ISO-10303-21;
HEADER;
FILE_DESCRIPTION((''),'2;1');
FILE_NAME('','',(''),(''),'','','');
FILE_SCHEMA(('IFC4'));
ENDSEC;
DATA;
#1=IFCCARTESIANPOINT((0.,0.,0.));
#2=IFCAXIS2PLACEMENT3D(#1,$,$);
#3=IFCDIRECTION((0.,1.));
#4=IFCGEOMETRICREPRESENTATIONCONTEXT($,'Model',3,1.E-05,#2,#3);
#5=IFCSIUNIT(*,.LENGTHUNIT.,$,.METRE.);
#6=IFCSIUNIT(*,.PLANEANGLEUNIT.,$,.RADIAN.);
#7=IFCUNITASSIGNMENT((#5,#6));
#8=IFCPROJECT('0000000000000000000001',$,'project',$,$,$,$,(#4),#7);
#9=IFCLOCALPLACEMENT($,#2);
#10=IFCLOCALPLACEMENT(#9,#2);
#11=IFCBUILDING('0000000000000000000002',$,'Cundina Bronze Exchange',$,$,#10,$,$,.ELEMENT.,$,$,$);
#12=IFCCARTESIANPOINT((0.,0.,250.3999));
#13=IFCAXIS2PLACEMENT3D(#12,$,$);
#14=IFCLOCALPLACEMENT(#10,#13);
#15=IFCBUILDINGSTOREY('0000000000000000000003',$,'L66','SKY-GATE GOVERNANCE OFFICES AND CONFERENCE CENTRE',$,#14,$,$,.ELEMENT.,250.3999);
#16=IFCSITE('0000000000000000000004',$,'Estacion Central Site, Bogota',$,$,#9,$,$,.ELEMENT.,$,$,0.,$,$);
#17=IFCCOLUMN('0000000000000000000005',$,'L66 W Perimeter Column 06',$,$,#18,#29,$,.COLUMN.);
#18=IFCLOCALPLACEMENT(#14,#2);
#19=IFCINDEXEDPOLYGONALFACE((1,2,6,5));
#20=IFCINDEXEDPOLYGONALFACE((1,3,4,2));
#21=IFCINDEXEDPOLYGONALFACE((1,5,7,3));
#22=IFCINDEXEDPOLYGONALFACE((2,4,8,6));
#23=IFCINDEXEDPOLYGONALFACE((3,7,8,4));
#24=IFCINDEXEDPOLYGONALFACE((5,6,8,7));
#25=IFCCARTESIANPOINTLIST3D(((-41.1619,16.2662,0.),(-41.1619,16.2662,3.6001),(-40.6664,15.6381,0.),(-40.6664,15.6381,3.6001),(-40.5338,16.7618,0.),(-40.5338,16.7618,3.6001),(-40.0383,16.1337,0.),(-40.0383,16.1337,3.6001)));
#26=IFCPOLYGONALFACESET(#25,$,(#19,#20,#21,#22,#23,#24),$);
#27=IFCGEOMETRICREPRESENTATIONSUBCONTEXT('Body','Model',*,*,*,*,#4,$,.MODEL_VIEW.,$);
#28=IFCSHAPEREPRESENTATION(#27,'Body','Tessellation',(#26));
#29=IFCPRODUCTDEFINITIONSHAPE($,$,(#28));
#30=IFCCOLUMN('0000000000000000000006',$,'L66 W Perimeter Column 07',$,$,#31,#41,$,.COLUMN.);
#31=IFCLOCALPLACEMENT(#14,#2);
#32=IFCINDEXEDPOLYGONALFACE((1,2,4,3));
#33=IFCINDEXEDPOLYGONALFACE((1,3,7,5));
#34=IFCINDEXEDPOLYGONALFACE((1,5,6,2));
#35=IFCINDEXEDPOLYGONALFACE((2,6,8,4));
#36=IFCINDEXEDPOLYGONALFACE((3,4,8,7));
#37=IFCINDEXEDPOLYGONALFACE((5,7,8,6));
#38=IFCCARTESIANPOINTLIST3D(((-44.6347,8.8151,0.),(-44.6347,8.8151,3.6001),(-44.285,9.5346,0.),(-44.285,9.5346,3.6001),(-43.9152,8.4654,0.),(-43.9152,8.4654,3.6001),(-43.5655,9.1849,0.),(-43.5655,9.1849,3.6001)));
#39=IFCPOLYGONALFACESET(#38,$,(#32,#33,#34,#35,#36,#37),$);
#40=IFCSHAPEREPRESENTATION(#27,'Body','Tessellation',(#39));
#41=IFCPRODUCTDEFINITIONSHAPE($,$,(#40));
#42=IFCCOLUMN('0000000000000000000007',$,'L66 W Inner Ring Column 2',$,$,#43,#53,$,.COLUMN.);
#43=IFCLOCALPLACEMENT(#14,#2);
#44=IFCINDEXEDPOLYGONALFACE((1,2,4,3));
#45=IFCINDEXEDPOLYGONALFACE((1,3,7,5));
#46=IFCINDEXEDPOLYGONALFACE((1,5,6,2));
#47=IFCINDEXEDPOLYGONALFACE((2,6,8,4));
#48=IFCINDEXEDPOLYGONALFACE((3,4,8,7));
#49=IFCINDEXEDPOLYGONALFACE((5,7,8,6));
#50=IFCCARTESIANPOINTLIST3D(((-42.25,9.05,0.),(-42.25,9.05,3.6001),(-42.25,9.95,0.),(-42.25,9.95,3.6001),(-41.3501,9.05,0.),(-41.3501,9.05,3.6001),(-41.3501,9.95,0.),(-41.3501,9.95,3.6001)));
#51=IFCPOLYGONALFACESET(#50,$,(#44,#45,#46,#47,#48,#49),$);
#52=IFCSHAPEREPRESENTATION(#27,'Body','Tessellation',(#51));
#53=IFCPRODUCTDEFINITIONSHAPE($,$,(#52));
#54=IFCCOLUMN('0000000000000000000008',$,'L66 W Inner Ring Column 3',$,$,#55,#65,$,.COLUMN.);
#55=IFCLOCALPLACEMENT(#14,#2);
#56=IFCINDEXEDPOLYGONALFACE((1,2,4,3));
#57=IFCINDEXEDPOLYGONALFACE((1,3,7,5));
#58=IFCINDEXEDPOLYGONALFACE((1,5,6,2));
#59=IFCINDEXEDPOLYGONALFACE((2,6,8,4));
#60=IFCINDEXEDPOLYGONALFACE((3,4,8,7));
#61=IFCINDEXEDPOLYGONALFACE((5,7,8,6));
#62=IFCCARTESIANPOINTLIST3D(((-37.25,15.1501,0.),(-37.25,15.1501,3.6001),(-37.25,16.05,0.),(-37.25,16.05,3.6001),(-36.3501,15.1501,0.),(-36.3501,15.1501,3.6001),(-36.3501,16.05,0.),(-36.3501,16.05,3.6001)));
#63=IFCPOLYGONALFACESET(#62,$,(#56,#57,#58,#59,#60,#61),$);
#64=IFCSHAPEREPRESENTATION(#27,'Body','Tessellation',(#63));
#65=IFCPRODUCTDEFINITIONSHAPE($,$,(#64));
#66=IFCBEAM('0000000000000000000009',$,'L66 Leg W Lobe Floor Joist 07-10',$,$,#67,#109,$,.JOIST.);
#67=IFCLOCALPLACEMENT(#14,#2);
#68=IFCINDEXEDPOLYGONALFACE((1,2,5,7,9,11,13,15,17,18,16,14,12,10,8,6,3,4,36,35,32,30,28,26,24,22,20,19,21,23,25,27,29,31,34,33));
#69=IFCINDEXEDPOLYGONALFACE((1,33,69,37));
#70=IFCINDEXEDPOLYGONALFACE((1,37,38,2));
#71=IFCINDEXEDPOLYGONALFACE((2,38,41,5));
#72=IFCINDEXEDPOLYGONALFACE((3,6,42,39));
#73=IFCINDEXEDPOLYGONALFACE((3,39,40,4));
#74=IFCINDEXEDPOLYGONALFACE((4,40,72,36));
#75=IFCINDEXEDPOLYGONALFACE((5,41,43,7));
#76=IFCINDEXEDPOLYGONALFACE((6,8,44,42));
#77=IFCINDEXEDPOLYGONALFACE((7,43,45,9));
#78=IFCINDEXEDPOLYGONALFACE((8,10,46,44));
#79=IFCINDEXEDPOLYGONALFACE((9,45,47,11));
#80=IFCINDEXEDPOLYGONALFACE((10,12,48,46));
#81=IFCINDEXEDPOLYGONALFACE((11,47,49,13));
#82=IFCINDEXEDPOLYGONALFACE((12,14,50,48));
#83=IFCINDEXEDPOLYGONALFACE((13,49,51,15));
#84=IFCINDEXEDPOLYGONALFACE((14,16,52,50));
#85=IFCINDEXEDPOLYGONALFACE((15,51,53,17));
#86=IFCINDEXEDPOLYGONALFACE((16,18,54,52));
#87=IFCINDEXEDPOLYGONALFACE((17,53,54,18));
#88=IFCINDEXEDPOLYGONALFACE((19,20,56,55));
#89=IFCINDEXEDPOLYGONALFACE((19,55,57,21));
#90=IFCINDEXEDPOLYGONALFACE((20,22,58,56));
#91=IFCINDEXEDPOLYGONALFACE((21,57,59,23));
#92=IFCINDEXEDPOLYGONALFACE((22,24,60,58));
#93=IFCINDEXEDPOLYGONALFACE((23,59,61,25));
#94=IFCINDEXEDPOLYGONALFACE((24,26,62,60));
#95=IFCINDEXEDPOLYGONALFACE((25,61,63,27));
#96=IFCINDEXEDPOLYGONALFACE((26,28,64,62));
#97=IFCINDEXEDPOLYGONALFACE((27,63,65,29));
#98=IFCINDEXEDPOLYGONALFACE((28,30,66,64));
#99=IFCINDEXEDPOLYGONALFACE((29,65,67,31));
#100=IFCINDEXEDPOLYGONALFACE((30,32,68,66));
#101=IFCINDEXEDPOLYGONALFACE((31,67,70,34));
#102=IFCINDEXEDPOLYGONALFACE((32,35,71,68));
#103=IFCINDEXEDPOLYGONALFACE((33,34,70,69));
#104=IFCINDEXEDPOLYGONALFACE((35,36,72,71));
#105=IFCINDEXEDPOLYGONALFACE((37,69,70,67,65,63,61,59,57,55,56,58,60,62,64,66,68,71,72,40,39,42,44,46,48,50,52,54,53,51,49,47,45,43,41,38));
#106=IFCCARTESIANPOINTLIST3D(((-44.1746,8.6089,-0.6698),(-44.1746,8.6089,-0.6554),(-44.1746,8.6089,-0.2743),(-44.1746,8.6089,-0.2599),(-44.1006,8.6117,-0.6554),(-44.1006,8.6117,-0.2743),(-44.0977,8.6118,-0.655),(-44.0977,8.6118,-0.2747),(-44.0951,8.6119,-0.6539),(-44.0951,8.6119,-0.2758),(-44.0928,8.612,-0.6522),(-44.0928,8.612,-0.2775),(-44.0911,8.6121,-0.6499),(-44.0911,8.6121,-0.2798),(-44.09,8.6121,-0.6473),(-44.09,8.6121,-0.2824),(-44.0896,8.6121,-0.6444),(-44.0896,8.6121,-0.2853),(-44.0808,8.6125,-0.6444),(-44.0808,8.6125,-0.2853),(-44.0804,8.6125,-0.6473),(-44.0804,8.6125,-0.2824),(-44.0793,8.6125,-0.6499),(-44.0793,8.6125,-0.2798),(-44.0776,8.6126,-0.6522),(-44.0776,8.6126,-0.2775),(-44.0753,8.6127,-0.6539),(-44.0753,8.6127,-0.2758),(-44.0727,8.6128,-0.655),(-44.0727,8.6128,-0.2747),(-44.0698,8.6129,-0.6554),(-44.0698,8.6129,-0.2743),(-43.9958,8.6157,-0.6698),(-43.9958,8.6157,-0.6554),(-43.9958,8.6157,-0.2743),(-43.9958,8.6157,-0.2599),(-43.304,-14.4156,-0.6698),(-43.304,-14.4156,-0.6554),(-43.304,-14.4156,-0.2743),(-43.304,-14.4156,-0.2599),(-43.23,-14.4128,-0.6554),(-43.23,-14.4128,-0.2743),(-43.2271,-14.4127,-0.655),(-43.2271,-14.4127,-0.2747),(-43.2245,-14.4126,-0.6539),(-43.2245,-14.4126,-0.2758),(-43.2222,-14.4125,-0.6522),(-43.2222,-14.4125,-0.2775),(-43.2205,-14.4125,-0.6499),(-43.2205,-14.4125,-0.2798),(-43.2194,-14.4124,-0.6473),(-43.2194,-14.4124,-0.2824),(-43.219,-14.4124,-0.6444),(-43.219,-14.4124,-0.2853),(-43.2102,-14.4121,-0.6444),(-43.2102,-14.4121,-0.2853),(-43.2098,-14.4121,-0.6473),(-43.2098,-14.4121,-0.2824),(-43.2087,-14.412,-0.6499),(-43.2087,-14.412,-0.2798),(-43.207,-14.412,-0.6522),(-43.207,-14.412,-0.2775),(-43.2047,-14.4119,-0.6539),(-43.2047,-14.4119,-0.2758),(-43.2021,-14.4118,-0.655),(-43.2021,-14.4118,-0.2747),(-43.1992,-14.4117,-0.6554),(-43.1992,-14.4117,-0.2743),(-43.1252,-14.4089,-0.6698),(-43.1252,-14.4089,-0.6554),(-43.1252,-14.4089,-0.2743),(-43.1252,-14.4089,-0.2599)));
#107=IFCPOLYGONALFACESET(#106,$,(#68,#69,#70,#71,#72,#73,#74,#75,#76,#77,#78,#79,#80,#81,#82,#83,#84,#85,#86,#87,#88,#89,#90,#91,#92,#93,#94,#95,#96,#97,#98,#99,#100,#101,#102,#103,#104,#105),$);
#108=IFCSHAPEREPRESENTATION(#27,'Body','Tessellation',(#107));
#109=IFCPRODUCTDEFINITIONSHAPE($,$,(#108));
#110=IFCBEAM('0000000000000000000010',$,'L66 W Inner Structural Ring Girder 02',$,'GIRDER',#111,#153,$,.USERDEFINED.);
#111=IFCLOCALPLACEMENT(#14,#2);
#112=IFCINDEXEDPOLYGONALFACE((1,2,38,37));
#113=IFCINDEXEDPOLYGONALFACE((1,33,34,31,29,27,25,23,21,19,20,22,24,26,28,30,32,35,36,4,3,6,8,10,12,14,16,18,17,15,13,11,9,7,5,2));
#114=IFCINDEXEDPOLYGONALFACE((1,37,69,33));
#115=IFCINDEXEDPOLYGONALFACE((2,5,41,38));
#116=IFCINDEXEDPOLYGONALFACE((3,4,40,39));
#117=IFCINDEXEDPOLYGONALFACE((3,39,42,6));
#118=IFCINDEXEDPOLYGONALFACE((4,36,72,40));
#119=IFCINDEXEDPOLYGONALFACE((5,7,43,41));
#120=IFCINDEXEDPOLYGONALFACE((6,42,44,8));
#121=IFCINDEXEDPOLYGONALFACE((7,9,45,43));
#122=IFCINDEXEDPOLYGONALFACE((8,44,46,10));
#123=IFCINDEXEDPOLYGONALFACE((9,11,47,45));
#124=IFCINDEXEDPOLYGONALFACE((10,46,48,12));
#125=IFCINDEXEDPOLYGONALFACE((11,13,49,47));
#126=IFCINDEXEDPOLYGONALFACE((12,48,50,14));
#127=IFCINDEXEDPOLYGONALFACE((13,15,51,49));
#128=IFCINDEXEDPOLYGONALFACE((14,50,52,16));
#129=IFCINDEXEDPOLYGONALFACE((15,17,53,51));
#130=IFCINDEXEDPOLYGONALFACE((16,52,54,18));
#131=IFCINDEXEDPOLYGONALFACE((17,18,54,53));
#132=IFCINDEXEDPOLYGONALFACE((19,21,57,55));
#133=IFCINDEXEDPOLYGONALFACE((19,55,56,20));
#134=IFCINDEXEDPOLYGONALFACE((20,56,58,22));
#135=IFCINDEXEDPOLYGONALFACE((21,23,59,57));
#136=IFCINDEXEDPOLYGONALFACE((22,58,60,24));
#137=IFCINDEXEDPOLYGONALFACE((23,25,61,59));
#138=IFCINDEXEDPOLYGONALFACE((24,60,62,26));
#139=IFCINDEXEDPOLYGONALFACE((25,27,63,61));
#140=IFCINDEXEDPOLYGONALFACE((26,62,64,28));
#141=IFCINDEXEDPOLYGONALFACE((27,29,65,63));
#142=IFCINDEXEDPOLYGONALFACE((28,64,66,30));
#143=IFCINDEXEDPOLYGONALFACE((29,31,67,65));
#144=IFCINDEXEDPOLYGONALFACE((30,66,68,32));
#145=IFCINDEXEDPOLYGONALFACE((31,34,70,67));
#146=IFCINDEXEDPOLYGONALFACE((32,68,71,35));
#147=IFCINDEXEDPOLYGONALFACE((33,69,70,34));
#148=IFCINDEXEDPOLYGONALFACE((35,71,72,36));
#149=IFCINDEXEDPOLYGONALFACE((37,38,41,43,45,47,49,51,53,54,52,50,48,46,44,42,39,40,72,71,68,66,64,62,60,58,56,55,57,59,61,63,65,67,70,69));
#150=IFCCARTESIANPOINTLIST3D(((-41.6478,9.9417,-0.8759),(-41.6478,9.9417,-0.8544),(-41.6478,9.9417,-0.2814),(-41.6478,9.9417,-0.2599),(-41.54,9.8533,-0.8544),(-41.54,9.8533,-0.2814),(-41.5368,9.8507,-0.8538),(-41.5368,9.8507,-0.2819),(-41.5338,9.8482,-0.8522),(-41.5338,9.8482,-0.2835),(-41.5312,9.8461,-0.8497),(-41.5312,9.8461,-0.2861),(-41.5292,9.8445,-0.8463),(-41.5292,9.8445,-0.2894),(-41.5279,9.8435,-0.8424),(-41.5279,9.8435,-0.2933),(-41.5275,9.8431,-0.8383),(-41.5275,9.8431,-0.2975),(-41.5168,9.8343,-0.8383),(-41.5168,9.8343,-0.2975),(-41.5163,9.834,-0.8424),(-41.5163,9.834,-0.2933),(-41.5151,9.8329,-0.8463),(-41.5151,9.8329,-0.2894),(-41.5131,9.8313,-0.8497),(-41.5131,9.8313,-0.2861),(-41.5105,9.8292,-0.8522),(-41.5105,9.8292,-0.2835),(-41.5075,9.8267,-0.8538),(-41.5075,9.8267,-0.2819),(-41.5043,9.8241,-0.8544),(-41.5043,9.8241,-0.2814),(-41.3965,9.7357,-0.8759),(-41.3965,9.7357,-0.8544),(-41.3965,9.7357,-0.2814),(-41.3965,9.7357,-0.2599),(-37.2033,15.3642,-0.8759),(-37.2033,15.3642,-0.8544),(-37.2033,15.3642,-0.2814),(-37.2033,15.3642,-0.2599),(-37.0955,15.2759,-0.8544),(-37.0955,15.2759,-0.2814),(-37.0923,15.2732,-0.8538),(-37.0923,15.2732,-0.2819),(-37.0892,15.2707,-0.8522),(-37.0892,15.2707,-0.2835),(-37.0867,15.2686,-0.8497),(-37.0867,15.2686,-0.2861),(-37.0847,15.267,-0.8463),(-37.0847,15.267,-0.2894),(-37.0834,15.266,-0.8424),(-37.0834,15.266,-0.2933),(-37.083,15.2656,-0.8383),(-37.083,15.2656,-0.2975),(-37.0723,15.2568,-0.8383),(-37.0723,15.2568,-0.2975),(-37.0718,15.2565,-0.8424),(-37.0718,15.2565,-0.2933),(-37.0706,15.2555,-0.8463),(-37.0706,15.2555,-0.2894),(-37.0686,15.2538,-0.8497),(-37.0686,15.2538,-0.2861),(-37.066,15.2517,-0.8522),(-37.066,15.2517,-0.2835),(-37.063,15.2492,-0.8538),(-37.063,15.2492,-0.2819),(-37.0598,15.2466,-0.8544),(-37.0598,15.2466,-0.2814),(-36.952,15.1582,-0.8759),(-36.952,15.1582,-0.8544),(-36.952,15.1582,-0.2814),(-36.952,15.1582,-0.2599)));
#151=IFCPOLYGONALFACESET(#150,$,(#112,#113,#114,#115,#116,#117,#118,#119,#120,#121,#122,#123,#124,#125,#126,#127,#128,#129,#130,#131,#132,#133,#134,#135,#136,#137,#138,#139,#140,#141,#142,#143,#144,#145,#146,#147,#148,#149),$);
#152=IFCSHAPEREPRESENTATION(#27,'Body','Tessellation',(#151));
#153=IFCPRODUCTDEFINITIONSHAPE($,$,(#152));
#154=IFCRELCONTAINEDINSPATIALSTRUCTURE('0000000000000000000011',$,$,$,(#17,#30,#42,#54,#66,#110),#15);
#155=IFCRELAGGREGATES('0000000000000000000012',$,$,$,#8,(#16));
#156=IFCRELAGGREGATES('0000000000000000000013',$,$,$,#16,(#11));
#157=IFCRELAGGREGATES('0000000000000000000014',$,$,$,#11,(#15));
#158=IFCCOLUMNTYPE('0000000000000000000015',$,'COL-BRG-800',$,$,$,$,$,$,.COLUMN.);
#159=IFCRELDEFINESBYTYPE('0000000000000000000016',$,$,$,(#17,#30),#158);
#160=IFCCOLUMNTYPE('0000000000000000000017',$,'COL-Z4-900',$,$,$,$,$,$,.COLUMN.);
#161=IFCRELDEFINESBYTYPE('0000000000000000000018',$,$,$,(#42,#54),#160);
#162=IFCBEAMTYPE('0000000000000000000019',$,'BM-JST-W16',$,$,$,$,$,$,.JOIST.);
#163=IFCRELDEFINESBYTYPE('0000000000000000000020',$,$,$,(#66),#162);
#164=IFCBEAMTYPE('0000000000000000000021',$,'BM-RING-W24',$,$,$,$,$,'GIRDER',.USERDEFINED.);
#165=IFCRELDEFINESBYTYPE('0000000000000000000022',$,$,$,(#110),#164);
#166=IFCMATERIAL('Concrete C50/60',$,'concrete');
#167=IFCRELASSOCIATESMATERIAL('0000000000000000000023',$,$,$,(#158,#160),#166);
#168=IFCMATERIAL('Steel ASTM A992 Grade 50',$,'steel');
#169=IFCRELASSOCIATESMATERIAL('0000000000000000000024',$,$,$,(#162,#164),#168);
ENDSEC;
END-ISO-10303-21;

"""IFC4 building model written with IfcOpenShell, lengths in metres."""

from ifc_helpers import new_model, si_unit, direction, frame, origin, origin_2d, place, context, subcontext, project, spatial, rectangle, i_section, extrude, material, material_profile, profile_set, type_object, element, save


model = new_model("IFC4")

# Units and contexts
model_context = context("Model", 3, precision=1e-05, world=origin(), true_north=direction((0.0, 1.0)))
body_context = subcontext(model_context, "Body", "Model", "MODEL_VIEW")
ifc_project = project(units=[si_unit("LENGTHUNIT", "METRE"), si_unit("PLANEANGLEUNIT", "RADIAN")], contexts=[model_context])

# Site, building, storey
site_placement = place(None, origin())
site = spatial("IfcSite", under=ifc_project, at=site_placement, Name="Estacion Central Site, Bogota", CompositionType="ELEMENT", RefElevation=0.0)
building_placement = place(site_placement, origin())
building = spatial("IfcBuilding", under=site, at=building_placement, Name="Cundina Bronze Exchange", CompositionType="ELEMENT")
storey_placement = place(building_placement, frame((0.0, 0.0, 250.3999)))
storey = spatial("IfcBuildingStorey", under=building, at=storey_placement, Name="L66", Description="SKY-GATE GOVERNANCE OFFICES AND CONFERENCE CENTRE", CompositionType="ELEMENT", Elevation=250.3999)

# Columns
ifc_material_1 = material(Name="Concrete C50/60", Category="concrete")
ifc_material_profile_1 = material_profile(ifc_material_1, rectangle(XDim=0.8, YDim=0.8, at=origin_2d()), Name="RC800X800", Category="concrete")
ifc_profile_set_1 = profile_set([ifc_material_profile_1], Name="Concrete C50/60")
column_type_1 = type_object("IfcColumnType", Name="COL-BRG-800", PredefinedType="COLUMN", material=ifc_profile_set_1)
for number, where, z_axis, x_axis, name in (
    (1, (-40.6001, 16.2, 0.0), (0.0, 0.0, 1.0), (-0.785101, -0.619368, 0.0), "L66 W Perimeter Column 06"),
    (2, (-44.1001, 9.0, 0.0), (0.0, 0.0, 1.0), (-0.437116, -0.899405, 0.0), "L66 W Perimeter Column 07"),
):
    element("IfcColumn", number, at=place(storey_placement, frame(where, z_axis=z_axis, x_axis=x_axis)), inside=storey, type_object=column_type_1, Name=name, PredefinedType="COLUMN", context=body_context, shape_type="SweptSolid", body=[
        extrude(rectangle(XDim=0.8, YDim=0.8, at=origin_2d()), origin(), (0.0, 0.0, 1.0), 3.6001),
    ])
ifc_material_profile_2 = material_profile(ifc_material_1, rectangle(XDim=0.8999, YDim=0.8999, at=origin_2d()), Name="RC900X900", Category="concrete")
ifc_profile_set_2 = profile_set([ifc_material_profile_2], Name="Concrete C50/60")
column_type_2 = type_object("IfcColumnType", Name="COL-Z4-900", PredefinedType="COLUMN", material=ifc_profile_set_2)
for number, where, z_axis, x_axis, name in (
    (3, (-41.8, 9.5, 0.0), (0.0, 0.0, 1.0), (1.0, 0.0, 0.0), "L66 W Inner Ring Column 2"),
    (4, (-36.8, 15.6001, 0.0), (0.0, 0.0, 1.0), (1.0, 0.0, 0.0), "L66 W Inner Ring Column 3"),
):
    element("IfcColumn", number, at=place(storey_placement, frame(where, z_axis=z_axis, x_axis=x_axis)), inside=storey, type_object=column_type_2, Name=name, PredefinedType="COLUMN", context=body_context, shape_type="SweptSolid", body=[
        extrude(rectangle(XDim=0.8999, YDim=0.8999, at=origin_2d()), origin(), (0.0, 0.0, 1.0), 3.6001),
    ])

# Beams
ifc_material_2 = material(Name="Steel ASTM A992 Grade 50", Category="steel")
ifc_material_profile_3 = material_profile(ifc_material_2, i_section(OverallWidth=0.179, OverallDepth=0.4099, WebThickness=0.0088, FlangeThickness=0.0144, FilletRadius=0.011, at=origin_2d()), Name="W16X45", Category="steel")
ifc_profile_set_3 = profile_set([ifc_material_profile_3], Name="Steel ASTM A992 Grade 50")
beam_type_1 = type_object("IfcBeamType", Name="BM-JST-W16", PredefinedType="JOIST", material=ifc_profile_set_3)
beam_1_placement = place(storey_placement, frame((-44.0852, 8.6123, -0.4648), z_axis=(0.037785, -0.999286, 0.0), x_axis=(0.999286, 0.037785, 0.0)))
element("IfcBeam", 5, at=beam_1_placement, inside=storey, type_object=beam_type_1, Name="L66 Leg W Lobe Floor Joist 07-10", PredefinedType="JOIST", context=body_context, shape_type="SweptSolid", body=[
    extrude(i_section(OverallWidth=0.179, OverallDepth=0.4099, WebThickness=0.0088, FlangeThickness=0.0144, FilletRadius=0.011, at=origin_2d()), origin(), (0.0, 0.0, 1.0), 23.041),
])
ifc_material_profile_4 = material_profile(ifc_material_2, i_section(OverallWidth=0.325, OverallDepth=0.616, WebThickness=0.0139, FlangeThickness=0.0215, FilletRadius=0.0161, at=origin_2d()), Name="W24X117", Category="steel")
ifc_profile_set_4 = profile_set([ifc_material_profile_4], Name="Steel ASTM A992 Grade 50")
beam_type_2 = type_object("IfcBeamType", Name="BM-RING-W24", ElementType="GIRDER", PredefinedType="USERDEFINED", material=ifc_profile_set_4)
beam_2_placement = place(storey_placement, frame((-37.0776, 15.2612, -0.5679), z_axis=(-0.633913, -0.773405, 0.0), x_axis=(0.773405, -0.633913, 0.0)))
element("IfcBeam", 6, at=beam_2_placement, inside=storey, type_object=beam_type_2, Name="L66 W Inner Structural Ring Girder 02", ObjectType="GIRDER", PredefinedType="USERDEFINED", context=body_context, shape_type="SweptSolid", body=[
    extrude(i_section(OverallWidth=0.325, OverallDepth=0.616, WebThickness=0.0139, FlangeThickness=0.0215, FilletRadius=0.0161, at=origin_2d()), origin(), (0.0, 0.0, 1.0), 7.0112),
])

save(model, "model.ifc")
